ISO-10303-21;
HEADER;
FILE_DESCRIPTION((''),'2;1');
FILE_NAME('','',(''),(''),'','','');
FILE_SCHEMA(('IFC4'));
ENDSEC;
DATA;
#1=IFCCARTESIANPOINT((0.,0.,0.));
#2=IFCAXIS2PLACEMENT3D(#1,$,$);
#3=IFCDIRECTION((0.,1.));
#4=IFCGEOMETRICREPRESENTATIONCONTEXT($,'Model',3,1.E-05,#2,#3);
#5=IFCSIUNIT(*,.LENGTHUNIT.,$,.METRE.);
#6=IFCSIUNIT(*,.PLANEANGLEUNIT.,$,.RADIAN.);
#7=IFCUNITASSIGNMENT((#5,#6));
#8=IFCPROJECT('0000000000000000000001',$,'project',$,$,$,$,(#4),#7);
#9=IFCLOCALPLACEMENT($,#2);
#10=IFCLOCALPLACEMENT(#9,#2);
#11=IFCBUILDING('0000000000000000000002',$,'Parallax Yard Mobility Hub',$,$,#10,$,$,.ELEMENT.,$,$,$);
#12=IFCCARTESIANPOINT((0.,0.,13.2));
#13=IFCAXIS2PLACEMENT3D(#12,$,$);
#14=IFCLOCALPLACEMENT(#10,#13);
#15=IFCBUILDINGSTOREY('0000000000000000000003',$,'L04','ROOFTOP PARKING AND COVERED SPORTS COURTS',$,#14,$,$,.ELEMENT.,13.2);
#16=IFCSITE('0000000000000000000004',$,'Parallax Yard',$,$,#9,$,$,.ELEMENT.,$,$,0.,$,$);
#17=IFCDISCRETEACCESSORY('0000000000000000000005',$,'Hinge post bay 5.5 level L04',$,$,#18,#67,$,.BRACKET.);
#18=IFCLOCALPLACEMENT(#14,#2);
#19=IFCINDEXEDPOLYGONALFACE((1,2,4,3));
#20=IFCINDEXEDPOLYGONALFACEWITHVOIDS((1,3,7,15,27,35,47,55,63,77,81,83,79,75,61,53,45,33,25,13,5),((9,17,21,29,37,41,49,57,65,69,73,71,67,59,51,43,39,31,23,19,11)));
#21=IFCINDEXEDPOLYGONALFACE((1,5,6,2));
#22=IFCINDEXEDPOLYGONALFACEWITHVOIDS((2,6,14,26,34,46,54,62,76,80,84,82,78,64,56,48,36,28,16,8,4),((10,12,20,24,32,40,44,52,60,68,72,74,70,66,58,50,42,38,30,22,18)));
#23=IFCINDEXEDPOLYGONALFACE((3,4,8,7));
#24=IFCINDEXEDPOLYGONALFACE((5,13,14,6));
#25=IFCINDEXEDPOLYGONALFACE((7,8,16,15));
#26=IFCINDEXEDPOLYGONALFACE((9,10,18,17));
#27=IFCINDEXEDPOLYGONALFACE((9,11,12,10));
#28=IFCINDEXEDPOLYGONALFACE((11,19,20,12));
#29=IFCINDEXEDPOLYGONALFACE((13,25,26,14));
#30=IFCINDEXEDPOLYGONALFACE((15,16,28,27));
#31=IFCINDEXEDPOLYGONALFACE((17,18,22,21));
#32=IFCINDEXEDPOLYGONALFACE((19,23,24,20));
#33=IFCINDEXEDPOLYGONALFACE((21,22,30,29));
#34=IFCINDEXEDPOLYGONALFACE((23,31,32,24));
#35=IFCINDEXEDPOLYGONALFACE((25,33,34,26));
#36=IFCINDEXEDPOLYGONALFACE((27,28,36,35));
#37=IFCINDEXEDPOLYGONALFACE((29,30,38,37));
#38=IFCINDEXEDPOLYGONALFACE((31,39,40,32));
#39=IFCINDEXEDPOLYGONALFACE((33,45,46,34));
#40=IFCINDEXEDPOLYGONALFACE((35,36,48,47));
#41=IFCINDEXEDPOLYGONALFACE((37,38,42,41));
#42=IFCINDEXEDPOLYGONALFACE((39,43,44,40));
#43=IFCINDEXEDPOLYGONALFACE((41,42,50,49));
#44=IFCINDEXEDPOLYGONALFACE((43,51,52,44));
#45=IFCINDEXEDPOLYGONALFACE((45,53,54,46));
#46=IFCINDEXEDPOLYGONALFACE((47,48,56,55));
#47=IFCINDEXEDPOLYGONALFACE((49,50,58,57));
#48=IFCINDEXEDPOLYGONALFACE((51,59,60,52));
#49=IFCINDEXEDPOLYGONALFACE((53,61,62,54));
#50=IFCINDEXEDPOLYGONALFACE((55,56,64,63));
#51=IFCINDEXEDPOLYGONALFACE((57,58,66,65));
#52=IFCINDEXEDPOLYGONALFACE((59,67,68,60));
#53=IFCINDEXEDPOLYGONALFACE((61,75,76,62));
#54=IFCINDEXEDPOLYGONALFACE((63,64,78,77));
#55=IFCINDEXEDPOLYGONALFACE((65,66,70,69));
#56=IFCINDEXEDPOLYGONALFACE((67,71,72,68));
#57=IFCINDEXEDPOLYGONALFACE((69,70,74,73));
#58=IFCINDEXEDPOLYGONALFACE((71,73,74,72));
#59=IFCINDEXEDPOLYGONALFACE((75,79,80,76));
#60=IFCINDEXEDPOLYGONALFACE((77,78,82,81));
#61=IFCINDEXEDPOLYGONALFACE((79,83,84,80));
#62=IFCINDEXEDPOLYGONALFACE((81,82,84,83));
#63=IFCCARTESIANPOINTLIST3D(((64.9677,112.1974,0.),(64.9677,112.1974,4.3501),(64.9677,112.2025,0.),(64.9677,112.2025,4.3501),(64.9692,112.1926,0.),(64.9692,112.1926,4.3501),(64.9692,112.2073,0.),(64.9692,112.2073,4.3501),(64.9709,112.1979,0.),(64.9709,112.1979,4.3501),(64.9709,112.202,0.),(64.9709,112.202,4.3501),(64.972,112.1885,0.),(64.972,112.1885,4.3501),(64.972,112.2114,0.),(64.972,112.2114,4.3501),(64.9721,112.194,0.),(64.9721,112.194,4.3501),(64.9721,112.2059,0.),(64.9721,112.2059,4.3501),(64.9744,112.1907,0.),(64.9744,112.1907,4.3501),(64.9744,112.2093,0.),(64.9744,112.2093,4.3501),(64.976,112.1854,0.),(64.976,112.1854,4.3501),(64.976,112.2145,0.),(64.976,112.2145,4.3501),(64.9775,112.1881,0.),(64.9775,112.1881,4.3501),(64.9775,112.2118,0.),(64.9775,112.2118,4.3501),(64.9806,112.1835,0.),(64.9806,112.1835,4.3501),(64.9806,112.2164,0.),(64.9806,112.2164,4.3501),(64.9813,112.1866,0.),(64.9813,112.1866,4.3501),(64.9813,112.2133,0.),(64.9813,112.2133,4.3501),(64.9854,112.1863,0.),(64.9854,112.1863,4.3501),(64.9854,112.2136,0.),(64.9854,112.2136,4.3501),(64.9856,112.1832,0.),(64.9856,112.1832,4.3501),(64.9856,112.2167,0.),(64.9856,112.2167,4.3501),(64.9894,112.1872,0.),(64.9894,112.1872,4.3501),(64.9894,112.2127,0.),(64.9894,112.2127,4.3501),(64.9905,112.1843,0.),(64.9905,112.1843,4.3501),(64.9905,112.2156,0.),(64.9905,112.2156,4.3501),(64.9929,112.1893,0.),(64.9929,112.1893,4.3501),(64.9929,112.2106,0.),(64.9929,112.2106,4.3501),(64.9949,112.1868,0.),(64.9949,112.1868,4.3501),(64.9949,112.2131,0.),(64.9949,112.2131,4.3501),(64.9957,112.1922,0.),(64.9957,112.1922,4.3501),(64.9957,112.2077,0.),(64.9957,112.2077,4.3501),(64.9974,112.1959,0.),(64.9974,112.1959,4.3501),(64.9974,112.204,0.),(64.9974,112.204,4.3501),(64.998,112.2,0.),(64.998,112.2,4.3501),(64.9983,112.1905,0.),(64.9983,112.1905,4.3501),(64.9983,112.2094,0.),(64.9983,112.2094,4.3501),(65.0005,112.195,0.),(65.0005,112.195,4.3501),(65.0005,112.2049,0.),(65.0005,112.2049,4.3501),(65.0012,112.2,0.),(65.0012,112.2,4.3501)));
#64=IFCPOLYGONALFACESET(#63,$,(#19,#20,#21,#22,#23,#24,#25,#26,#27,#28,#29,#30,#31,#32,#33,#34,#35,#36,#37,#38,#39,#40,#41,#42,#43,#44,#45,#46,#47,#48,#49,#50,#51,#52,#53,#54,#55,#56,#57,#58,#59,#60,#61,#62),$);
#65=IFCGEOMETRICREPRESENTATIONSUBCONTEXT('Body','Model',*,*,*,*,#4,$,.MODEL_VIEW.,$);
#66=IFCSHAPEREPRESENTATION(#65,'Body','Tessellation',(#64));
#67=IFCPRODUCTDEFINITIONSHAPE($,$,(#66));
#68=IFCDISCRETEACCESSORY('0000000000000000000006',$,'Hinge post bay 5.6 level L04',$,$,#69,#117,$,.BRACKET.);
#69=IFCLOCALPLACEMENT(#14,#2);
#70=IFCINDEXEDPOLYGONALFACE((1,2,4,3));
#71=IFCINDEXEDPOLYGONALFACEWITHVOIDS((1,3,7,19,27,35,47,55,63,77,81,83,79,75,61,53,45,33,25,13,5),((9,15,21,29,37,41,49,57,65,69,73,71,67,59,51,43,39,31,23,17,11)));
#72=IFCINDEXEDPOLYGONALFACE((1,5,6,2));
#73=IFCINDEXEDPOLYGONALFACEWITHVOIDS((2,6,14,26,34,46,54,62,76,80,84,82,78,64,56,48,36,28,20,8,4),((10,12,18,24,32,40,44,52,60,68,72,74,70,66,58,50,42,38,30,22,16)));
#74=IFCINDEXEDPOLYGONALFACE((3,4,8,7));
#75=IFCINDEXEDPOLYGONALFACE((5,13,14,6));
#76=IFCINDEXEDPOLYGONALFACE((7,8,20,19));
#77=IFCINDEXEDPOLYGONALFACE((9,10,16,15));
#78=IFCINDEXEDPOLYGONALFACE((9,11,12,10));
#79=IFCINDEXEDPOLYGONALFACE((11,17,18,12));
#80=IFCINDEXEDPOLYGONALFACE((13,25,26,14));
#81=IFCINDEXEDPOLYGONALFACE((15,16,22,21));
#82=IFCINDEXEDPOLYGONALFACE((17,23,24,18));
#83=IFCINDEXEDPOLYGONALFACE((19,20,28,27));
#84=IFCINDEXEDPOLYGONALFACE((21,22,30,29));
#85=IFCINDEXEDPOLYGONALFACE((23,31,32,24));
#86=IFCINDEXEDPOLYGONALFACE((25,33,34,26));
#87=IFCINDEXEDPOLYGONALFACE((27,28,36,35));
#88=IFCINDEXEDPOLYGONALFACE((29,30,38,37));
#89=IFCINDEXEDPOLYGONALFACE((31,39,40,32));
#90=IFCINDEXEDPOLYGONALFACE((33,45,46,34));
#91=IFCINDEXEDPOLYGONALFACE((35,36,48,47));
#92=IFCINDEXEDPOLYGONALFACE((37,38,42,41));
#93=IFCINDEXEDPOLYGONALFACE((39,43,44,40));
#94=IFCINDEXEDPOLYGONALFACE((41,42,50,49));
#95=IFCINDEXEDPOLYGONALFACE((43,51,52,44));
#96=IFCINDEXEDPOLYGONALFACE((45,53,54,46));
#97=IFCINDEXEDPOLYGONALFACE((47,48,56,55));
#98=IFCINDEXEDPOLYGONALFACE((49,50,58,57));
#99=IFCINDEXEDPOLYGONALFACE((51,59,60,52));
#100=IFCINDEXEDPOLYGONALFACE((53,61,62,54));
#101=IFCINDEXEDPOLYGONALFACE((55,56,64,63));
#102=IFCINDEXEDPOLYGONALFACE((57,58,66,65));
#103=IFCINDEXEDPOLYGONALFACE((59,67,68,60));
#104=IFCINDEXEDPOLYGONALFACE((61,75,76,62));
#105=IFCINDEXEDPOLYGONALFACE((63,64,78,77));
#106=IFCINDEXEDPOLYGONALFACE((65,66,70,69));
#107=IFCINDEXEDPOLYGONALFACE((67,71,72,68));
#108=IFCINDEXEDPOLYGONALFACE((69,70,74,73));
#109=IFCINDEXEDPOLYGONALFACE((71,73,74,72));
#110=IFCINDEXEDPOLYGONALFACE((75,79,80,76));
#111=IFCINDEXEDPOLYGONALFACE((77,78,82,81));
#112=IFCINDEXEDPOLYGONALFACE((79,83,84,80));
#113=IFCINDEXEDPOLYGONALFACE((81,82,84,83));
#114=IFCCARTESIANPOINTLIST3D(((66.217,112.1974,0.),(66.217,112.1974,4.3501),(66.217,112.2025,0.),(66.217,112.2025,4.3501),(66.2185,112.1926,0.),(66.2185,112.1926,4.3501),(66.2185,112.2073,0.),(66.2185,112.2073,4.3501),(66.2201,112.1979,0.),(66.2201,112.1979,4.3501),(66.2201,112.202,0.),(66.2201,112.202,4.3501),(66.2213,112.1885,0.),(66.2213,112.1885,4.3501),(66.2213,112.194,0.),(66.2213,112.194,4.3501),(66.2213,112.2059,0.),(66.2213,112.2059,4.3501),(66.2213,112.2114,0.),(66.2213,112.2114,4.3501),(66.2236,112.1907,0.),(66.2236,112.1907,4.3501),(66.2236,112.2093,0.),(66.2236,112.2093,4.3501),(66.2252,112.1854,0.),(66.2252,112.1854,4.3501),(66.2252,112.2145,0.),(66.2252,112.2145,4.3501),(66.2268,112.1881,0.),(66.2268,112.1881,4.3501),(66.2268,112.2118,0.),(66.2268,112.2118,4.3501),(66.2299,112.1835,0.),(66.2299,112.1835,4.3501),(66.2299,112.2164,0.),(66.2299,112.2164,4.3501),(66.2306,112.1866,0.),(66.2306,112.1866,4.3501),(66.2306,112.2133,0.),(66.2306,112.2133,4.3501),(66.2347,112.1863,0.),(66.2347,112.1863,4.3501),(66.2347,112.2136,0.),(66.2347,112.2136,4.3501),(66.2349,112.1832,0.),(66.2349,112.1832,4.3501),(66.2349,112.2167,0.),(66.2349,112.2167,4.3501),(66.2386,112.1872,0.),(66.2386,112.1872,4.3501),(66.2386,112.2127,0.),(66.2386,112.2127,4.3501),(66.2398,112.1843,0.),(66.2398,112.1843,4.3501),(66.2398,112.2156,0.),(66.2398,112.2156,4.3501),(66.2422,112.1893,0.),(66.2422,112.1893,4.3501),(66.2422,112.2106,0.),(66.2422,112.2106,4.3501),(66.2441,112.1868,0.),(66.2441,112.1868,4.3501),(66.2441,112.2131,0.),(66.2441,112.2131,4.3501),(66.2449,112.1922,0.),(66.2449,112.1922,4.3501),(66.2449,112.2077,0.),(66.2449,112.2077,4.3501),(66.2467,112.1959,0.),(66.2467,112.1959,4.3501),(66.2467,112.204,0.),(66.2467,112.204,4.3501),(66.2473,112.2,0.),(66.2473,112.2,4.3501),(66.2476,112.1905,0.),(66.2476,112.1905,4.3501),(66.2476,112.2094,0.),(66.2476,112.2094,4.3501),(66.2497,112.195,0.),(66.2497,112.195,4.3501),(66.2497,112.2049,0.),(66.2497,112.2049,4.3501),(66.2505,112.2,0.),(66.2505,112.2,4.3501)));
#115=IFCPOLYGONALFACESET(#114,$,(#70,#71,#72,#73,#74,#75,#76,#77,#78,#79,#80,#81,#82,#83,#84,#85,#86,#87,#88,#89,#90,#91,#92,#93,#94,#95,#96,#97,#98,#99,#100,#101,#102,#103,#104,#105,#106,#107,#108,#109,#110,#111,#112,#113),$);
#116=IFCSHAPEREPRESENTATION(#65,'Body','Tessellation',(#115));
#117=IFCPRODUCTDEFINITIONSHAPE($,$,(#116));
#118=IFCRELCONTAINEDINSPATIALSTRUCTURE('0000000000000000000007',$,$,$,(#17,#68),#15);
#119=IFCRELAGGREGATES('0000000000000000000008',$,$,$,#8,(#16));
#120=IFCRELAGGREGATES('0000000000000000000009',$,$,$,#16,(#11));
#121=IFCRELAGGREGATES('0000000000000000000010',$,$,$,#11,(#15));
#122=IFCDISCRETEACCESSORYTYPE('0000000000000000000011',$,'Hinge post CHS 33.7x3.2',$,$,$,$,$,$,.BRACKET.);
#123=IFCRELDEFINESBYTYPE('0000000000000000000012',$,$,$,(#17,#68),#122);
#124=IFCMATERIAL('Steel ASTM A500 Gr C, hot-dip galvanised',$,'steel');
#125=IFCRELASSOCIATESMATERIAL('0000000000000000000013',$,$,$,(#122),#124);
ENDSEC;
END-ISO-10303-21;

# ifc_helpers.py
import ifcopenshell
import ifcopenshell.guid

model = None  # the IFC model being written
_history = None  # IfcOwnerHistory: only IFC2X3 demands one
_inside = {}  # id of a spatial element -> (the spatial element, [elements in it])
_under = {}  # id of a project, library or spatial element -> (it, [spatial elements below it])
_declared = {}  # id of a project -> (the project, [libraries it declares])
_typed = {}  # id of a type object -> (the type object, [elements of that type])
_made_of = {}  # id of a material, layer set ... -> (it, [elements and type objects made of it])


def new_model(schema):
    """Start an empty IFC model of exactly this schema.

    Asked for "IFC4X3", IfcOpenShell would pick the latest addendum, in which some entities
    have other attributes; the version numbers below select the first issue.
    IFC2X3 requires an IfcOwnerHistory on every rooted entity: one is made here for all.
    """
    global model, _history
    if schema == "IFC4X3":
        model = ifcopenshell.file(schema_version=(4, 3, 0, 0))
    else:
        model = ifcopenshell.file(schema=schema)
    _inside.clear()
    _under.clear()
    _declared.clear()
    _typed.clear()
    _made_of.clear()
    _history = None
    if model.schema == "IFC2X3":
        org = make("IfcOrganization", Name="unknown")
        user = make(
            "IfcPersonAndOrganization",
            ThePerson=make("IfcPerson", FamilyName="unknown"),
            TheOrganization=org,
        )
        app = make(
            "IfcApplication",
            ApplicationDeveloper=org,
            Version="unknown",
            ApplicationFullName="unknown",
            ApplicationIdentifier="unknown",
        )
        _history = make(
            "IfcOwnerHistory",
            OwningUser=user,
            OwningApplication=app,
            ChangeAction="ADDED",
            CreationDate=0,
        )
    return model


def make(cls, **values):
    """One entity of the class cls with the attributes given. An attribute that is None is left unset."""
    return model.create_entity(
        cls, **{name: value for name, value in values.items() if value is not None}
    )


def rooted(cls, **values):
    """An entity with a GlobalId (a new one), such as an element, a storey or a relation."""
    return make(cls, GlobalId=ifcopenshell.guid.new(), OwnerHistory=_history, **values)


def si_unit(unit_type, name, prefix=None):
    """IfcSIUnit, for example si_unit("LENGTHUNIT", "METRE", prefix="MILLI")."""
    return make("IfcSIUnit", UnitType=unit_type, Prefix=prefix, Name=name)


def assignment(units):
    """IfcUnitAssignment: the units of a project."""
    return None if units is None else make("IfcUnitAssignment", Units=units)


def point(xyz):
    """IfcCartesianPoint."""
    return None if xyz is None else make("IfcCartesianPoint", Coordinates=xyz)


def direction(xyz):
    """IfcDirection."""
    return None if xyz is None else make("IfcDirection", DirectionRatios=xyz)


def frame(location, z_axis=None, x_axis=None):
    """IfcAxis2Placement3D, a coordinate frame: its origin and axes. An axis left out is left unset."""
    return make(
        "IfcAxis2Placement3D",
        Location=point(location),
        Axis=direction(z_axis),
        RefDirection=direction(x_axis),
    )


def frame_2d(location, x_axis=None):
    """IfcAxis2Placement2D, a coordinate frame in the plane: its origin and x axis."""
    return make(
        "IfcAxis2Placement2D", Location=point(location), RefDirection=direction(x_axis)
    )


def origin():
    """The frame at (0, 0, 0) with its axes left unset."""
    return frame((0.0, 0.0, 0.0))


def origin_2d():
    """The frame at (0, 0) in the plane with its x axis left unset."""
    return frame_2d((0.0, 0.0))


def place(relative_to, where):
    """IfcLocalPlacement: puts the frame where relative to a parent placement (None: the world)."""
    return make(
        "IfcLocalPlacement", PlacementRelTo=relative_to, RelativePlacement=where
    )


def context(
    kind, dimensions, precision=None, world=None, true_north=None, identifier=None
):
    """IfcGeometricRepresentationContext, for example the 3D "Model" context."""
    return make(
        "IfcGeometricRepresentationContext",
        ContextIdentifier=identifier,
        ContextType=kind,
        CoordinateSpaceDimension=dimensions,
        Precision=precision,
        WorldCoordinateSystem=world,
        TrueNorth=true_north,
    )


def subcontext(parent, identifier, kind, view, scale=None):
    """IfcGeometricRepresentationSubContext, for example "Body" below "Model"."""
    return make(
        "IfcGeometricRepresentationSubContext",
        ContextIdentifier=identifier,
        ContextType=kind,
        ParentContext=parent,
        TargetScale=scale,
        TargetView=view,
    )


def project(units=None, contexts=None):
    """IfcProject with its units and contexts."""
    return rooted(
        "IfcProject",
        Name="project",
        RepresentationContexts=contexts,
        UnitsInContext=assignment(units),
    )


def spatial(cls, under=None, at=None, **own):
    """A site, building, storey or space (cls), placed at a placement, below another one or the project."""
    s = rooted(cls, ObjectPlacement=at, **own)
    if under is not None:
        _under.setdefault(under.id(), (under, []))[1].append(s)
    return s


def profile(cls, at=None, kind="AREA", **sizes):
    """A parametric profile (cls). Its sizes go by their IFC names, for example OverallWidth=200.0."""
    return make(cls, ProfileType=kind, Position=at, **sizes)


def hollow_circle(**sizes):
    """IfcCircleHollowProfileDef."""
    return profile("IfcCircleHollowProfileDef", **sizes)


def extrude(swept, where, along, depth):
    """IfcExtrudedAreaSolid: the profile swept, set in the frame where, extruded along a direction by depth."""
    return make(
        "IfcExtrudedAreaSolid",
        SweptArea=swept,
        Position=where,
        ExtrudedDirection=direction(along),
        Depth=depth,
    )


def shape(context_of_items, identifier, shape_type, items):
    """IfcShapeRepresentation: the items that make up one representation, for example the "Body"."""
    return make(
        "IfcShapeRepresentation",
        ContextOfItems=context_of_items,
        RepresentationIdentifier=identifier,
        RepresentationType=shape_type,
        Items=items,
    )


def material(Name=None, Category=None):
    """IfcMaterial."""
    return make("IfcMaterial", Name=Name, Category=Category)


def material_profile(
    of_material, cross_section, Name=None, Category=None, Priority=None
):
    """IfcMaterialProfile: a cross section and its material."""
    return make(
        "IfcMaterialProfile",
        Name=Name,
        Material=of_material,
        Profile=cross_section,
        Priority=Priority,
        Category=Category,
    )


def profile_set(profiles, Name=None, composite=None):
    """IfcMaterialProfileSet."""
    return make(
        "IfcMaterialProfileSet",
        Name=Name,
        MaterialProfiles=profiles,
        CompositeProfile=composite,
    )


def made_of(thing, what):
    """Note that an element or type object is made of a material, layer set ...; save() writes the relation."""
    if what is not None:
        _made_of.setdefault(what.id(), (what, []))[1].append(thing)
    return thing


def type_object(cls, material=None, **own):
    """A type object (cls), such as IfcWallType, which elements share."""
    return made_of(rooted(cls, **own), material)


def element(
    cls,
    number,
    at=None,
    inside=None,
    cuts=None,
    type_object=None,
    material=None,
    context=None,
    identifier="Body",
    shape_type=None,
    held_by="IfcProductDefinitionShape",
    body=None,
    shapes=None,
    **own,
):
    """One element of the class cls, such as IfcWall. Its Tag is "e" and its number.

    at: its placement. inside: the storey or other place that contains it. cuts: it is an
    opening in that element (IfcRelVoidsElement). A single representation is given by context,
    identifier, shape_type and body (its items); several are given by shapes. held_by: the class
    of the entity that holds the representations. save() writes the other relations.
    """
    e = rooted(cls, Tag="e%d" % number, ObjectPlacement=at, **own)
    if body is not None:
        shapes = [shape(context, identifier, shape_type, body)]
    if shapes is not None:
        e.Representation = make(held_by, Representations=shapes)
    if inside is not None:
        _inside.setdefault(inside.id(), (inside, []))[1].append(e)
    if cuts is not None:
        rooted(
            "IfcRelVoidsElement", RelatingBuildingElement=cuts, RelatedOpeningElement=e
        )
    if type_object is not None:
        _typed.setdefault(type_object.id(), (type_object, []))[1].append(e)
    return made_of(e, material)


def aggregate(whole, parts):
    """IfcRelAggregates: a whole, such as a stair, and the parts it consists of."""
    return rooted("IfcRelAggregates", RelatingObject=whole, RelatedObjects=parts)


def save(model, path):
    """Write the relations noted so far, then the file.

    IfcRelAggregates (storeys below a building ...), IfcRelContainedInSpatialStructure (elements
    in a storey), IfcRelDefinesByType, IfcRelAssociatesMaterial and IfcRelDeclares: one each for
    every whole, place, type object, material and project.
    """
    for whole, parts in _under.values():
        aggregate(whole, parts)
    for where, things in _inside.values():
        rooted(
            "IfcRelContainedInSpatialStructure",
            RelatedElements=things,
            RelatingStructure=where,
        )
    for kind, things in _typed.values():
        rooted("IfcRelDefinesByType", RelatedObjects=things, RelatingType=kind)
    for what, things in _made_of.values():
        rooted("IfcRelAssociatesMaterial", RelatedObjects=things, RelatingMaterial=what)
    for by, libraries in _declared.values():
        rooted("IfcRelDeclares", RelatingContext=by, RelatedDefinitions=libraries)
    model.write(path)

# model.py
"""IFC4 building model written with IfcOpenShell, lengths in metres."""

from ifc_helpers import new_model, si_unit, direction, frame, origin, origin_2d, place, context, subcontext, project, spatial, hollow_circle, extrude, material, material_profile, profile_set, type_object, element, save


model = new_model("IFC4")

# Units and contexts
model_context = context("Model", 3, precision=1e-05, world=origin(), true_north=direction((0.0, 1.0)))
body_context = subcontext(model_context, "Body", "Model", "MODEL_VIEW")
ifc_project = project(units=[si_unit("LENGTHUNIT", "METRE"), si_unit("PLANEANGLEUNIT", "RADIAN")], contexts=[model_context])

# Site, building, storey
site_placement = place(None, origin())
site = spatial("IfcSite", under=ifc_project, at=site_placement, Name="Parallax Yard", CompositionType="ELEMENT", RefElevation=0.0)
building_placement = place(site_placement, origin())
building = spatial("IfcBuilding", under=site, at=building_placement, Name="Parallax Yard Mobility Hub", CompositionType="ELEMENT")
storey_placement = place(building_placement, frame((0.0, 0.0, 13.2)))
storey = spatial("IfcBuildingStorey", under=building, at=storey_placement, Name="L04", Description="ROOFTOP PARKING AND COVERED SPORTS COURTS", CompositionType="ELEMENT", Elevation=13.2)

# Discrete accessories
ifc_material_1 = material(Name="Steel ASTM A500 Gr C, hot-dip galvanised", Category="steel")
ifc_material_profile_1 = material_profile(ifc_material_1, hollow_circle(Radius=0.0168, WallThickness=0.0032, at=origin_2d()), Name="CHS 33.7x3.2")
ifc_profile_set_1 = profile_set([ifc_material_profile_1], Name="Steel ASTM A500 Gr C, hot-dip galvanised")
discrete_accessory_type_1 = type_object("IfcDiscreteAccessoryType", Name="Hinge post CHS 33.7x3.2", PredefinedType="BRACKET", material=ifc_profile_set_1)
for number, where, z_axis, x_axis, name in (
    (1, (64.9844, 112.2, 0.0), (0.0, 0.0, 1.0), (1.0, 0.0, 0.0), "Hinge post bay 5.5 level L04"),
    (2, (66.2336, 112.2, 0.0), (0.0, 0.0, 1.0), (1.0, 0.0, 0.0), "Hinge post bay 5.6 level L04"),
):
    element("IfcDiscreteAccessory", number, at=place(storey_placement, frame(where, z_axis=z_axis, x_axis=x_axis)), inside=storey, type_object=discrete_accessory_type_1, Name=name, PredefinedType="BRACKET", context=body_context, shape_type="SweptSolid", body=[
        extrude(hollow_circle(Radius=0.0168, WallThickness=0.0032, at=origin_2d()), origin(), (0.0, 0.0, 1.0), 4.3501),
    ])

save(model, "model.ifc")
